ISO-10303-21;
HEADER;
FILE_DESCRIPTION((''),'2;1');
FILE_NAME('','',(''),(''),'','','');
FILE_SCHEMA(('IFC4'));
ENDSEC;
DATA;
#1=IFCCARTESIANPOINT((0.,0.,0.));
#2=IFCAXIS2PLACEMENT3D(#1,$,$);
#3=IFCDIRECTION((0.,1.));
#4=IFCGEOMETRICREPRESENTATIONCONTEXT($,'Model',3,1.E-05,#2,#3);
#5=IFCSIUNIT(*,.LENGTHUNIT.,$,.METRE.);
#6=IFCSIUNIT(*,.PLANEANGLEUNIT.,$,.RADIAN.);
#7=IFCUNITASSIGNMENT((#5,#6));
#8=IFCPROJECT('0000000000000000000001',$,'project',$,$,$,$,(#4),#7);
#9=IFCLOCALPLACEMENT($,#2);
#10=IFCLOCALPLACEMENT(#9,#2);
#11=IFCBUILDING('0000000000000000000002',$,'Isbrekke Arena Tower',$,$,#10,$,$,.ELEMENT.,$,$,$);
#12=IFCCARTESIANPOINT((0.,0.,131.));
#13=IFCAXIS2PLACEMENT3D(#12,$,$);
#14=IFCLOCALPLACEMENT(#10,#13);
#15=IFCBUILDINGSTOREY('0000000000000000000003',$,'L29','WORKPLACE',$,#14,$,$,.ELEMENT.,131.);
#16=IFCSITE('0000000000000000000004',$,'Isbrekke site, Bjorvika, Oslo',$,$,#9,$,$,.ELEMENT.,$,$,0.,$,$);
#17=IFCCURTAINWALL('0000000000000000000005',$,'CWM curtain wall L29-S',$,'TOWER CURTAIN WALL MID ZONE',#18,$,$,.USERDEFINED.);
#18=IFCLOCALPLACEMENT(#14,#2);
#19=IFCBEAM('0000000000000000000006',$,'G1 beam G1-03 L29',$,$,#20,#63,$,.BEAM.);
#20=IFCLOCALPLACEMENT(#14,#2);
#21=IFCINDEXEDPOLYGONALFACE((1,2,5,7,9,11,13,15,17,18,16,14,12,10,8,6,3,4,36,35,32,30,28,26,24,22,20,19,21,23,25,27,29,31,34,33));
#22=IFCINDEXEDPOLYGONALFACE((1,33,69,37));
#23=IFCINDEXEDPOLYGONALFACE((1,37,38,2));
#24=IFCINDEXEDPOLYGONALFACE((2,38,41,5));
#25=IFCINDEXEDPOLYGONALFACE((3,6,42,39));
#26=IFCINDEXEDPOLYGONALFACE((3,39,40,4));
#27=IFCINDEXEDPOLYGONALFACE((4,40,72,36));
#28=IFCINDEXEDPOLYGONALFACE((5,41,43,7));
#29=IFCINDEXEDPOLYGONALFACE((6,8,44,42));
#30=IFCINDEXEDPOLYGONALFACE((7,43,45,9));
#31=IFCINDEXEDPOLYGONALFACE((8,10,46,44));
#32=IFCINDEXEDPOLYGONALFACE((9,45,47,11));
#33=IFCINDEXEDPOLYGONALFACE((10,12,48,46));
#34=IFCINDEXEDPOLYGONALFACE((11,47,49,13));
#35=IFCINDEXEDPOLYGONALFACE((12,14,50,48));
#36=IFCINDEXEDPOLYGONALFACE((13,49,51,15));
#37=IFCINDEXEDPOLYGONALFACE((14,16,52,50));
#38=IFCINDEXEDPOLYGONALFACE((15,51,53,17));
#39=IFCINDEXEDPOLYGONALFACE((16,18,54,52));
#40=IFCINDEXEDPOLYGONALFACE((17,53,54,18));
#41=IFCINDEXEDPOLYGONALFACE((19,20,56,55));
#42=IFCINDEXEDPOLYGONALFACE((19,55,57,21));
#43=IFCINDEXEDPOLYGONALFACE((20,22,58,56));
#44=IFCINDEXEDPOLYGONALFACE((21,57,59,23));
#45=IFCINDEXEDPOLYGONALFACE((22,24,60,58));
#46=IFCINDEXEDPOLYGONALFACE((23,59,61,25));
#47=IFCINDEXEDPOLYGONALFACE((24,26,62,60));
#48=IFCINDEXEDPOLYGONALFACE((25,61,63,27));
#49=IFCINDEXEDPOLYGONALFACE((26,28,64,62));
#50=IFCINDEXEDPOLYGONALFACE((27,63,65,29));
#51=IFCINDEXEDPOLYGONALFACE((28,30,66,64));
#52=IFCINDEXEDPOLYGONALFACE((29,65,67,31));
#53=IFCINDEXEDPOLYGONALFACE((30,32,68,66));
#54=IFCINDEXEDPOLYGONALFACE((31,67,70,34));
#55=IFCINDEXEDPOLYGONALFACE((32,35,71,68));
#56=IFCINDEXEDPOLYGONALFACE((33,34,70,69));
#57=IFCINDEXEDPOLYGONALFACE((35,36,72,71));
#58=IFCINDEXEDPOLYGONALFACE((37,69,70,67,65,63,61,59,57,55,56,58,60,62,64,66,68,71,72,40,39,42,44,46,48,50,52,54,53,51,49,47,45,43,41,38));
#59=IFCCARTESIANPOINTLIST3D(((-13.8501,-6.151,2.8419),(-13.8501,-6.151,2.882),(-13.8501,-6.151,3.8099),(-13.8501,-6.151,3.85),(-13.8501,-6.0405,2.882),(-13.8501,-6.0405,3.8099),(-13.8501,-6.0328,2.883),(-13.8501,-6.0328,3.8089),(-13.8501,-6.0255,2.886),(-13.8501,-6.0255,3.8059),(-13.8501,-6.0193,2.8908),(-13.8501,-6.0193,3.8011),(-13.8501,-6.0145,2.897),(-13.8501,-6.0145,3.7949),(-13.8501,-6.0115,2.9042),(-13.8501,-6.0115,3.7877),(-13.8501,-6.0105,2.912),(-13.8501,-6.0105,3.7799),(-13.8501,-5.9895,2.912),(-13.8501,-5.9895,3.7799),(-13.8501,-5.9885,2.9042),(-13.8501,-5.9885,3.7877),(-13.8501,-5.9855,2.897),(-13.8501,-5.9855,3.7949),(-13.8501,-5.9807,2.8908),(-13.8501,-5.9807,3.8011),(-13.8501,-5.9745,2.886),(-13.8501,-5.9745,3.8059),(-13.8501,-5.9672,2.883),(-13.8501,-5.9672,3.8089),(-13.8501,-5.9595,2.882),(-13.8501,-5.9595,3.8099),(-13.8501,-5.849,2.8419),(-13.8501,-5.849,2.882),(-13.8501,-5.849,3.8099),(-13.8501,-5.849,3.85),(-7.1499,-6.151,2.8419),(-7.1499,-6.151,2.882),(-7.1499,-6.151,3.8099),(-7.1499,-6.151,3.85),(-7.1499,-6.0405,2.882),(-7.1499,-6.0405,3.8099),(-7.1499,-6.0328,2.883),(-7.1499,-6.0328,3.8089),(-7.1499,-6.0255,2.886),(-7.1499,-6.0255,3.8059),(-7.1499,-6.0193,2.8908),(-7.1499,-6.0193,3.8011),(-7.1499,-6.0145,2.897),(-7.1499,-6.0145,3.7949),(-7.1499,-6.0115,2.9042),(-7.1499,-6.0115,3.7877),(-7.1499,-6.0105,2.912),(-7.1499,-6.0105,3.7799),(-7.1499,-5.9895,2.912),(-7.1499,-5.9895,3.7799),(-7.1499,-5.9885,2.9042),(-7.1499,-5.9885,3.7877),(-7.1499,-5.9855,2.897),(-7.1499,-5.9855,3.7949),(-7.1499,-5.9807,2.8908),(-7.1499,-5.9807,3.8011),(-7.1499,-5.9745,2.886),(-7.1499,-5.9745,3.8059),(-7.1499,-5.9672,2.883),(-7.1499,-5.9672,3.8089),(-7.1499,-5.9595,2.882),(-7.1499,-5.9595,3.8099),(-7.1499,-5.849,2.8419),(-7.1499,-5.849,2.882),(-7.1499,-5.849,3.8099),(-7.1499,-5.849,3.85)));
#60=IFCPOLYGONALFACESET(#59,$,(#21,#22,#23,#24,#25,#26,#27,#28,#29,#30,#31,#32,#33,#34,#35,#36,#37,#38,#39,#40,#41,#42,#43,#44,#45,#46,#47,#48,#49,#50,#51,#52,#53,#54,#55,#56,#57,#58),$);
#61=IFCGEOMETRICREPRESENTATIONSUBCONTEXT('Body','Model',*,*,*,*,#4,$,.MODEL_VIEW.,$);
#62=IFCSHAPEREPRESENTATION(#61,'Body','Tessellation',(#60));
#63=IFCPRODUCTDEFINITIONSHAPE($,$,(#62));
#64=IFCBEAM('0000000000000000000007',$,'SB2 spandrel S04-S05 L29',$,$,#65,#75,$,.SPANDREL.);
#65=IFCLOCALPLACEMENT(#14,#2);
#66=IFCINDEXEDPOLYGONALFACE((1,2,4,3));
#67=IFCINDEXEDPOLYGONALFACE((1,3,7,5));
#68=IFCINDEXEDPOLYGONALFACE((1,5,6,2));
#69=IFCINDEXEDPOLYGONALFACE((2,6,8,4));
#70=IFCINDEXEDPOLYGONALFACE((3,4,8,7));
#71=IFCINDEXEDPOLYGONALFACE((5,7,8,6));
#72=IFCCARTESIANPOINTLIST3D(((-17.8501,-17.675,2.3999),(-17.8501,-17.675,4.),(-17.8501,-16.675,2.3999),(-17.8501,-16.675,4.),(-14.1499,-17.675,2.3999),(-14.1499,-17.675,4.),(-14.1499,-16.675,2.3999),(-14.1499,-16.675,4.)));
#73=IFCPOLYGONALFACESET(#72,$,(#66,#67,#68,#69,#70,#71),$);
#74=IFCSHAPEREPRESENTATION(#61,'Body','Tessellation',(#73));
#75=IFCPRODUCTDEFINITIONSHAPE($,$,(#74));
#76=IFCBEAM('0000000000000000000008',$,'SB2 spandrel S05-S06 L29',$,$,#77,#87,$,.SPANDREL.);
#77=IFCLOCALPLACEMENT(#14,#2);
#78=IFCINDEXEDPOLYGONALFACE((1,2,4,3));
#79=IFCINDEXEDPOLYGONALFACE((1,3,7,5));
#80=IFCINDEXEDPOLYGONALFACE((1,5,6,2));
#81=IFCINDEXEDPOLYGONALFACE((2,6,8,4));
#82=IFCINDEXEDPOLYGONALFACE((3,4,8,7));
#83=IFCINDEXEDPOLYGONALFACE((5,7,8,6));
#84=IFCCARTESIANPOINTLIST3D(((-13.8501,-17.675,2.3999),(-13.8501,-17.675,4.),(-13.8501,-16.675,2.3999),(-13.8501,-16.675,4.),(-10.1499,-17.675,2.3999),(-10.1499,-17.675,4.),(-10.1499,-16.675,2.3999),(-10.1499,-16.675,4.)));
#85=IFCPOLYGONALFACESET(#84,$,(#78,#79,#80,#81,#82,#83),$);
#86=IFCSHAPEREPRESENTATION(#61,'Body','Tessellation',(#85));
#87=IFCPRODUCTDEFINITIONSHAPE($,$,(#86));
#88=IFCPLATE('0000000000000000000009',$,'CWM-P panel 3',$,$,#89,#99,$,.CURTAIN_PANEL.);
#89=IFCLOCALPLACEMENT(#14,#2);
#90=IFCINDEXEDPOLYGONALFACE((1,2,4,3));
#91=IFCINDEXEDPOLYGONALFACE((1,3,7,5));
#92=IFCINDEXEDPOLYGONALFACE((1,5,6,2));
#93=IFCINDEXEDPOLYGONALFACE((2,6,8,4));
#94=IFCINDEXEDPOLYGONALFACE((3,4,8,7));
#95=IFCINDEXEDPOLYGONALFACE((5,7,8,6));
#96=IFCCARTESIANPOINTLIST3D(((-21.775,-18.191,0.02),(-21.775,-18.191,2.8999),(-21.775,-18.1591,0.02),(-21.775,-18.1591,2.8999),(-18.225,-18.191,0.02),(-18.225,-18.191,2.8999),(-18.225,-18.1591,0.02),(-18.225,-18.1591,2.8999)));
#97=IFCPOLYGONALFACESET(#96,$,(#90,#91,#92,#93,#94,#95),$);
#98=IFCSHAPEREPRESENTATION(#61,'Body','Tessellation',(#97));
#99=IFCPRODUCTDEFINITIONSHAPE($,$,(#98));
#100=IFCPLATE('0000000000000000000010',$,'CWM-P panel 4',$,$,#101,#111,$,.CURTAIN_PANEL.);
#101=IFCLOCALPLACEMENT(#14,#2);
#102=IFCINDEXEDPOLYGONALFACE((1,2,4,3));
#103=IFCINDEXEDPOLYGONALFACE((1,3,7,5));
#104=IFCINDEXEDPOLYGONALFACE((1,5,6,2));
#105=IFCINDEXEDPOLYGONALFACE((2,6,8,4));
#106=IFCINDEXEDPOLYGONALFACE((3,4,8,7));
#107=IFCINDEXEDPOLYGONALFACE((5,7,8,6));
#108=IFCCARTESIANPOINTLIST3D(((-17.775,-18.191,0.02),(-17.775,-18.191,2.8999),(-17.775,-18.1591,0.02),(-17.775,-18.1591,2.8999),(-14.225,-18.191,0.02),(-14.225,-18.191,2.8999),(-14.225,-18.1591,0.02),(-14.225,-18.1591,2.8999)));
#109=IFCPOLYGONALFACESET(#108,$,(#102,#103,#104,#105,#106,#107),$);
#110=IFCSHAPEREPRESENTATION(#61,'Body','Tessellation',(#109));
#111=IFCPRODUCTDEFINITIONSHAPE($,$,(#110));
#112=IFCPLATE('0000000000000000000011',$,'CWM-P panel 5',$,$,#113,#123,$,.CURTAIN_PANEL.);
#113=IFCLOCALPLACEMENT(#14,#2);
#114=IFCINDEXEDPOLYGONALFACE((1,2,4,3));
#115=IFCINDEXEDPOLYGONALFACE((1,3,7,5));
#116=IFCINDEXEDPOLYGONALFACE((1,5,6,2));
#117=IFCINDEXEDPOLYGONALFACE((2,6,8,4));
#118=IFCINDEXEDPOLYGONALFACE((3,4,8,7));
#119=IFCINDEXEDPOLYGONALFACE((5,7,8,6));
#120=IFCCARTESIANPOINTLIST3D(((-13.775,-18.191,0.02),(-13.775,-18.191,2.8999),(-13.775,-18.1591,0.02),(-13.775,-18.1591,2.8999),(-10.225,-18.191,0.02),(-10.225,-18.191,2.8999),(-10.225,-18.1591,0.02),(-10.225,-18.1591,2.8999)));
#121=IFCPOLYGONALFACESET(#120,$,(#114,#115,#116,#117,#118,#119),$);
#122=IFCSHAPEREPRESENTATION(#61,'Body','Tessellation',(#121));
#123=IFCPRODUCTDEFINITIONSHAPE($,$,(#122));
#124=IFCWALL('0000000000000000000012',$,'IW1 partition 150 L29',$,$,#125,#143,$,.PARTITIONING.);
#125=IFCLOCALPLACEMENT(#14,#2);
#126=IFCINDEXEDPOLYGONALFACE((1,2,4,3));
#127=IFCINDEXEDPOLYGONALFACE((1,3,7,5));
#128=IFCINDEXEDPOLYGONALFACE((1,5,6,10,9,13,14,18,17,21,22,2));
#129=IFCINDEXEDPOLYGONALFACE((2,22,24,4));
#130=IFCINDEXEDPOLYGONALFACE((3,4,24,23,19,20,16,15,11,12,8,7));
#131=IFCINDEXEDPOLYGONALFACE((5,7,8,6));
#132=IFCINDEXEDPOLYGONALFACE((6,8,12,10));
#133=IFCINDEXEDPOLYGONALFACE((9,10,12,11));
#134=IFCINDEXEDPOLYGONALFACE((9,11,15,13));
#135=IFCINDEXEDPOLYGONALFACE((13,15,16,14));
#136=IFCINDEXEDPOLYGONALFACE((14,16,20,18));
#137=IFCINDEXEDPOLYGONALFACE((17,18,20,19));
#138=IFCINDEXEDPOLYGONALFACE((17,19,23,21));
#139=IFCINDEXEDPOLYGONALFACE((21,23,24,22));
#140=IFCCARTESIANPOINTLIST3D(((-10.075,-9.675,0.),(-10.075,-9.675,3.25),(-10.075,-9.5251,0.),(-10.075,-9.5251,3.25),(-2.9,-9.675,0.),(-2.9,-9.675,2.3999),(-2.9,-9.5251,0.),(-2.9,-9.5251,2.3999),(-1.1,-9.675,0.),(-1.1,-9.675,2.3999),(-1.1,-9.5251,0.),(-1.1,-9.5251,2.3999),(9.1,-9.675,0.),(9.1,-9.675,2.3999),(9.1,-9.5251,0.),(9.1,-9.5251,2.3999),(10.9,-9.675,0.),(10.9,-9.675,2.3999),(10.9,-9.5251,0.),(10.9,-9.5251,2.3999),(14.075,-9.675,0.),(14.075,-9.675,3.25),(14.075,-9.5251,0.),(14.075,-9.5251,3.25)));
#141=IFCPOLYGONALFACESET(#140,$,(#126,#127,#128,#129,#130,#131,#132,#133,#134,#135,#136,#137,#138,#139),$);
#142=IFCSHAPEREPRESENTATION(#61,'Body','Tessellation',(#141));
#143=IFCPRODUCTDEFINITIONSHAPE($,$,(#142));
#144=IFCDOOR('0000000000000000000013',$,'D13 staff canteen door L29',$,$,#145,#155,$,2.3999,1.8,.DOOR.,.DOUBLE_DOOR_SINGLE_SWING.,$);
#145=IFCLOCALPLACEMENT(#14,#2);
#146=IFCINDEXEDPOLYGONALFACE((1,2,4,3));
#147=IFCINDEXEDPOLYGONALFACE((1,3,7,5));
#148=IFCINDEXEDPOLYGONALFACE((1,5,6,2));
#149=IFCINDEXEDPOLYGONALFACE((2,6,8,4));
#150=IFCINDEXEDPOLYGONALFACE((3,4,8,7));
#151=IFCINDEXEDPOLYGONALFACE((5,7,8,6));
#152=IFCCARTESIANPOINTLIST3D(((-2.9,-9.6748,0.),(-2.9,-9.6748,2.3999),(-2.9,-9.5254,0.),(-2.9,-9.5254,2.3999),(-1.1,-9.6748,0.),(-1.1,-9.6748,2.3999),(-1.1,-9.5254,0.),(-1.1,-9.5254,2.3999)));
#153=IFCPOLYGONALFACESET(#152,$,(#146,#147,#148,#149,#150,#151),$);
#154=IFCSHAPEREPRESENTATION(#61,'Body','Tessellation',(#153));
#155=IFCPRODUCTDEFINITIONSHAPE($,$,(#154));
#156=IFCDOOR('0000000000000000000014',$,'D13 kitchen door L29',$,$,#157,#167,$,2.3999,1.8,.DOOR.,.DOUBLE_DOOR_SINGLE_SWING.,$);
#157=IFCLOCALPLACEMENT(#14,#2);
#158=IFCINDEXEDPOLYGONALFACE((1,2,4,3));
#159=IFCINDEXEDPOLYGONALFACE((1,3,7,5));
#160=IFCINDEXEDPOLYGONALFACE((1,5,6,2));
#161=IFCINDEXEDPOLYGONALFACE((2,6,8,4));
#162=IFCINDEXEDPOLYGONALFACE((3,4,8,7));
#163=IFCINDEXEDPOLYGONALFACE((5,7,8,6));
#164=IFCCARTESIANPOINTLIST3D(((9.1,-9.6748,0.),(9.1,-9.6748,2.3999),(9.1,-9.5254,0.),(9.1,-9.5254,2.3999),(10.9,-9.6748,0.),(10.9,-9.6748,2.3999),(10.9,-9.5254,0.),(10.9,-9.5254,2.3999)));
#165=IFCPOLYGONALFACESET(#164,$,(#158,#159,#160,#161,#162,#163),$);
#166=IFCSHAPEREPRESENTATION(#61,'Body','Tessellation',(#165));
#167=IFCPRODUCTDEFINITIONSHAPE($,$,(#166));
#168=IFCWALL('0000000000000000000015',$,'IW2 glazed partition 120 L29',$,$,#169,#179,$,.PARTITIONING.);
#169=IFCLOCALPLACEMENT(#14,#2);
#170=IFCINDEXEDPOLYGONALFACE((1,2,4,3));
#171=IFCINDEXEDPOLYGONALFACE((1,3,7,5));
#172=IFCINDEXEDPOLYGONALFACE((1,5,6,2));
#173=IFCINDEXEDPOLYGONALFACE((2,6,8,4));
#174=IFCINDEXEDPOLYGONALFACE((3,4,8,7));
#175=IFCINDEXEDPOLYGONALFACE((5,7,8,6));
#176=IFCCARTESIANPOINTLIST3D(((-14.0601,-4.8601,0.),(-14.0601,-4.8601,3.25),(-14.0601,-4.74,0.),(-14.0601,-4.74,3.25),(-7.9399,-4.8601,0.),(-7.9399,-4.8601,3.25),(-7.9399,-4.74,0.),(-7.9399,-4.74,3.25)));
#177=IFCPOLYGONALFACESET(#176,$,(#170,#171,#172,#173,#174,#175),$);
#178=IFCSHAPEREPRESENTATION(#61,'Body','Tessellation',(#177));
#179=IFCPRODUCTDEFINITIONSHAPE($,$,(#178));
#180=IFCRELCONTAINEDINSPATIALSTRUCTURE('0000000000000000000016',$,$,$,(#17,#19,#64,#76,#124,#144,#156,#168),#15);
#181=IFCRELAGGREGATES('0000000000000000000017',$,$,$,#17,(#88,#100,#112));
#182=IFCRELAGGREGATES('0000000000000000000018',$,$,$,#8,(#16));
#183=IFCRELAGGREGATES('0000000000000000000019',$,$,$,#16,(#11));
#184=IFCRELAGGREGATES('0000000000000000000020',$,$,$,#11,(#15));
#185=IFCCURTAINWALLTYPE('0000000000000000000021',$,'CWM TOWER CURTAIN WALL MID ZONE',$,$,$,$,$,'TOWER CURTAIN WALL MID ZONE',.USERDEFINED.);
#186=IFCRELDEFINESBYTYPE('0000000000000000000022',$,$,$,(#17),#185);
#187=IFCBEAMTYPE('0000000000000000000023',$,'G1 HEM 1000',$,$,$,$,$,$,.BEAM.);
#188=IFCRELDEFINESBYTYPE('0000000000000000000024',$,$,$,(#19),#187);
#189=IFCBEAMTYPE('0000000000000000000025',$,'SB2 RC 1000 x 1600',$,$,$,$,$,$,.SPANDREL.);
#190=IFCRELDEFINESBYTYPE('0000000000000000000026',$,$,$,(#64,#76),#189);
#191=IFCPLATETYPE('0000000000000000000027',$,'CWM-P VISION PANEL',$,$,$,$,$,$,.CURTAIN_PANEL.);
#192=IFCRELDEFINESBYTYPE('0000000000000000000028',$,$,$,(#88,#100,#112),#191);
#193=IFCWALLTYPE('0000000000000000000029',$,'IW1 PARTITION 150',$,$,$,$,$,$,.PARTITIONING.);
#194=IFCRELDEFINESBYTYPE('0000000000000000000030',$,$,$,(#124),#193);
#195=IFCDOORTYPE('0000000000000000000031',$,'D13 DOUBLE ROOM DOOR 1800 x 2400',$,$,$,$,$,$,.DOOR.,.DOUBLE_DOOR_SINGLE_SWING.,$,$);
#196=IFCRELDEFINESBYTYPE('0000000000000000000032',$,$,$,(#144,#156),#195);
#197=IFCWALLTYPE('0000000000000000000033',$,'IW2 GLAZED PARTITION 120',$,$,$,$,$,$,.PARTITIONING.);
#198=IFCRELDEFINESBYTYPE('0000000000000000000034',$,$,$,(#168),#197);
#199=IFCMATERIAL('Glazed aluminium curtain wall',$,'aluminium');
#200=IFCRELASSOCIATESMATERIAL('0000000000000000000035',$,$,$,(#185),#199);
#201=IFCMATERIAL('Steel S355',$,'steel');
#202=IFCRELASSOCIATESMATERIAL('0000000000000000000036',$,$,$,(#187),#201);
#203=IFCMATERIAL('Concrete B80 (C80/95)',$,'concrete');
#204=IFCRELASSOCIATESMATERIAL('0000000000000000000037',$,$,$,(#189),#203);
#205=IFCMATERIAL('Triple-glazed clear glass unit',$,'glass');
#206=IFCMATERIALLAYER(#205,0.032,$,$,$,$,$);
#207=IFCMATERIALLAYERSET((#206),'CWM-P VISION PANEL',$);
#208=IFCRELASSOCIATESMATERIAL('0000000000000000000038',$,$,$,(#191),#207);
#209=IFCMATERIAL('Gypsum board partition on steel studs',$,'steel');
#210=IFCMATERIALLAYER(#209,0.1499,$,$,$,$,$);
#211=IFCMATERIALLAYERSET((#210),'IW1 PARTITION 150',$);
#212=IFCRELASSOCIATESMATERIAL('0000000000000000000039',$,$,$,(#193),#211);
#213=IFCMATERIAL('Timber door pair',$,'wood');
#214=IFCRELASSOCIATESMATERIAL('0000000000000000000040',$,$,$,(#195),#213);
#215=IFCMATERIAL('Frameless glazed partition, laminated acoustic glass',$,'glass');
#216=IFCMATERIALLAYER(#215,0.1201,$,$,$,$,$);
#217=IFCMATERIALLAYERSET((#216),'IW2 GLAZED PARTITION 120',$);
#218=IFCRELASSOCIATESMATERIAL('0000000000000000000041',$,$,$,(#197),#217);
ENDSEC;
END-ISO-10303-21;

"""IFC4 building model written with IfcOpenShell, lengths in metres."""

from ifc_helpers import new_model, si_unit, direction, frame, frame_2d, origin, origin_2d, place, context, subcontext, project, spatial, rectangle, i_section, extrude, material, layer, layer_set, material_profile, profile_set, type_object, element, fill, aggregate, save


model = new_model("IFC4")

# Units and contexts
model_context = context("Model", 3, precision=1e-05, world=origin(), true_north=direction((0.0, 1.0)))
body_context = subcontext(model_context, "Body", "Model", "MODEL_VIEW")
ifc_project = project(units=[si_unit("LENGTHUNIT", "METRE"), si_unit("PLANEANGLEUNIT", "RADIAN")], contexts=[model_context])

# Site, building, storey
site_placement = place(None, origin())
site = spatial("IfcSite", under=ifc_project, at=site_placement, Name="Isbrekke site, Bjorvika, Oslo", CompositionType="ELEMENT", RefElevation=0.0)
building_placement = place(site_placement, origin())
building = spatial("IfcBuilding", under=site, at=building_placement, Name="Isbrekke Arena Tower", CompositionType="ELEMENT")
storey_placement = place(building_placement, frame((0.0, 0.0, 131.0)))
storey = spatial("IfcBuildingStorey", under=building, at=storey_placement, Name="L29", Description="WORKPLACE", CompositionType="ELEMENT", Elevation=131.0)

# Curtain wall
ifc_material_1 = material(Name="Glazed aluminium curtain wall", Category="aluminium")
curtain_wall_type = type_object("IfcCurtainWallType", Name="CWM TOWER CURTAIN WALL MID ZONE", ElementType="TOWER CURTAIN WALL MID ZONE", PredefinedType="USERDEFINED", material=ifc_material_1)
curtain_wall_placement = place(storey_placement, origin())
curtain_wall = element("IfcCurtainWall", 1, at=curtain_wall_placement, inside=storey, type_object=curtain_wall_type, Name="CWM curtain wall L29-S", ObjectType="TOWER CURTAIN WALL MID ZONE", PredefinedType="USERDEFINED")

# Beams
ifc_material_2 = material(Name="Steel S355", Category="steel")
ifc_material_profile_1 = material_profile(ifc_material_2, i_section(OverallWidth=0.302, OverallDepth=1.0081, WebThickness=0.021, FlangeThickness=0.04, FilletRadius=0.03, at=origin_2d()), Name="HEM 1000")
ifc_profile_set_1 = profile_set([ifc_material_profile_1], Name="Steel S355")
beam_type_1 = type_object("IfcBeamType", Name="G1 HEM 1000", PredefinedType="BEAM", material=ifc_profile_set_1)
for number, where, z_axis, x_axis, name in (
    (2, (-13.8501, -6.0, 3.3459), (1.0, 0.0, 0.0), (0.0, 1.0, 0.0), "G1 beam G1-03 L29"),
):
    element("IfcBeam", number, at=place(storey_placement, frame(where, z_axis=z_axis, x_axis=x_axis)), inside=storey, type_object=beam_type_1, Name=name, PredefinedType="BEAM", context=body_context, shape_type="SweptSolid", body=[
        extrude(i_section(OverallWidth=0.302, OverallDepth=1.0081, WebThickness=0.021, FlangeThickness=0.04, FilletRadius=0.03, at=origin_2d()), origin(), (0.0, 0.0, 1.0), 6.7002),
    ])
ifc_material_3 = material(Name="Concrete B80 (C80/95)", Category="concrete")
ifc_material_profile_2 = material_profile(ifc_material_3, rectangle(XDim=1.0, YDim=1.6001, at=origin_2d()), Name="RC 1000x1600")
ifc_profile_set_2 = profile_set([ifc_material_profile_2], Name="Concrete B80 (C80/95)")
beam_type_2 = type_object("IfcBeamType", Name="SB2 RC 1000 x 1600", PredefinedType="SPANDREL", material=ifc_profile_set_2)
for number, where, z_axis, x_axis, name in (
    (3, (-17.8501, -17.175, 3.2), (1.0, 0.0, 0.0), (0.0, 1.0, 0.0), "SB2 spandrel S04-S05 L29"),
    (4, (-13.8501, -17.175, 3.2), (1.0, 0.0, 0.0), (0.0, 1.0, 0.0), "SB2 spandrel S05-S06 L29"),
):
    element("IfcBeam", number, at=place(storey_placement, frame(where, z_axis=z_axis, x_axis=x_axis)), inside=storey, type_object=beam_type_2, Name=name, PredefinedType="SPANDREL", context=body_context, shape_type="SweptSolid", body=[
        extrude(rectangle(XDim=1.0, YDim=1.6001, at=origin_2d()), origin(), (0.0, 0.0, 1.0), 3.7002),
    ])

# Plates
ifc_material_4 = material(Name="Triple-glazed clear glass unit", Category="glass")
ifc_layer_1 = layer(ifc_material_4, 0.032)
ifc_layer_set_1 = layer_set([ifc_layer_1], Name="CWM-P VISION PANEL")
plate_type = type_object("IfcPlateType", Name="CWM-P VISION PANEL", PredefinedType="CURTAIN_PANEL", material=ifc_layer_set_1)
plate_1_placement = place(storey_placement, frame((-20.0, -18.175, 0.02), z_axis=(0.0, 0.0, 1.0), x_axis=(1.0, 0.0, 0.0)))
plate_1 = element("IfcPlate", 5, at=plate_1_placement, type_object=plate_type, Name="CWM-P panel 3", PredefinedType="CURTAIN_PANEL", context=body_context, shape_type="SweptSolid", body=[
    extrude(rectangle(XDim=3.55, YDim=0.032, at=origin_2d()), origin(), (0.0, 0.0, 1.0), 2.8799),
])
plate_2_placement = place(storey_placement, frame((-16.0, -18.175, 0.02), z_axis=(0.0, 0.0, 1.0), x_axis=(1.0, 0.0, 0.0)))
plate_2 = element("IfcPlate", 6, at=plate_2_placement, type_object=plate_type, Name="CWM-P panel 4", PredefinedType="CURTAIN_PANEL", context=body_context, shape_type="SweptSolid", body=[
    extrude(rectangle(XDim=3.55, YDim=0.032, at=origin_2d()), origin(), (0.0, 0.0, 1.0), 2.8799),
])
plate_3_placement = place(storey_placement, frame((-12.0, -18.175, 0.02), z_axis=(0.0, 0.0, 1.0), x_axis=(1.0, 0.0, 0.0)))
plate_3 = element("IfcPlate", 7, at=plate_3_placement, type_object=plate_type, Name="CWM-P panel 5", PredefinedType="CURTAIN_PANEL", context=body_context, shape_type="SweptSolid", body=[
    extrude(rectangle(XDim=3.55, YDim=0.032, at=origin_2d()), origin(), (0.0, 0.0, 1.0), 2.8799),
])
aggregate(curtain_wall, [plate_1, plate_2, plate_3])

# Wall, openings, doors
ifc_material_5 = material(Name="Gypsum board partition on steel studs", Category="steel")
ifc_layer_2 = layer(ifc_material_5, 0.1499)
ifc_layer_set_2 = layer_set([ifc_layer_2], Name="IW1 PARTITION 150")
wall_type_1 = type_object("IfcWallType", Name="IW1 PARTITION 150", PredefinedType="PARTITIONING", material=ifc_layer_set_2)
wall_1_placement = place(storey_placement, frame((-10.075, -9.6001, 0.0), z_axis=(0.0, 0.0, 1.0), x_axis=(1.0, 0.0, 0.0)))
wall_1 = element("IfcWall", 8, at=wall_1_placement, inside=storey, type_object=wall_type_1, Name="IW1 partition 150 L29", PredefinedType="PARTITIONING", context=body_context, shape_type="SweptSolid", body=[
    extrude(rectangle(XDim=24.1499, YDim=0.1499, at=frame_2d((12.075, 0.0))), origin(), (0.0, 0.0, 1.0), 3.25),
])
opening_1_placement = place(wall_1_placement, frame((7.175, 0.0, 0.0)))
opening_1 = element("IfcOpeningElement", 9, at=opening_1_placement, cuts=wall_1, PredefinedType="OPENING", context=body_context, shape_type="SweptSolid", body=[
    extrude(rectangle(XDim=1.8, YDim=2.3999, at=frame_2d((0.8999, 1.2))), frame((0.0, 0.0898, 0.0), z_axis=(0.0, -1.0, 0.0), x_axis=(1.0, 0.0, 0.0)), (0.0, 0.0, 1.0), 0.1797),
])
opening_2_placement = place(wall_1_placement, frame((19.175, 0.0, 0.0)))
opening_2 = element("IfcOpeningElement", 10, at=opening_2_placement, cuts=wall_1, PredefinedType="OPENING", context=body_context, shape_type="SweptSolid", body=[
    extrude(rectangle(XDim=1.8, YDim=2.3999, at=frame_2d((0.8999, 1.2))), frame((0.0, 0.0898, 0.0), z_axis=(0.0, -1.0, 0.0), x_axis=(1.0, 0.0, 0.0)), (0.0, 0.0, 1.0), 0.1797),
])
ifc_material_6 = material(Name="Timber door pair", Category="wood")
door_type_1 = type_object("IfcDoorType", Name="D13 DOUBLE ROOM DOOR 1800 x 2400", OperationType="DOUBLE_DOOR_SINGLE_SWING", PredefinedType="DOOR", material=ifc_material_6)
door_1_placement = place(opening_1_placement, origin())
door_1 = element("IfcDoor", 11, at=door_1_placement, inside=storey, type_object=door_type_1, Name="D13 staff canteen door L29", OperationType="DOUBLE_DOOR_SINGLE_SWING", OverallHeight=2.3999, OverallWidth=1.8, PredefinedType="DOOR", context=body_context, shape_type="SweptSolid", body=[
    extrude(rectangle(XDim=1.8, YDim=2.3999, at=frame_2d((0.8999, 1.2))), frame((0.0, 0.0747, 0.0), z_axis=(0.0, -1.0, 0.0), x_axis=(1.0, 0.0, 0.0)), (0.0, 0.0, 1.0), 0.1494),
])
fill(opening_1, door_1)
door_2_placement = place(opening_2_placement, origin())
door_2 = element("IfcDoor", 12, at=door_2_placement, inside=storey, type_object=door_type_1, Name="D13 kitchen door L29", OperationType="DOUBLE_DOOR_SINGLE_SWING", OverallHeight=2.3999, OverallWidth=1.8, PredefinedType="DOOR", context=body_context, shape_type="SweptSolid", body=[
    extrude(rectangle(XDim=1.8, YDim=2.3999, at=frame_2d((0.8999, 1.2))), frame((0.0, 0.0747, 0.0), z_axis=(0.0, -1.0, 0.0), x_axis=(1.0, 0.0, 0.0)), (0.0, 0.0, 1.0), 0.1494),
])
fill(opening_2, door_2)

# Wall
ifc_material_7 = material(Name="Frameless glazed partition, laminated acoustic glass", Category="glass")
ifc_layer_3 = layer(ifc_material_7, 0.1201)
ifc_layer_set_3 = layer_set([ifc_layer_3], Name="IW2 GLAZED PARTITION 120")
wall_type_2 = type_object("IfcWallType", Name="IW2 GLAZED PARTITION 120", PredefinedType="PARTITIONING", material=ifc_layer_set_3)
wall_2_placement = place(storey_placement, frame((-14.0601, -4.8, 0.0), z_axis=(0.0, 0.0, 1.0), x_axis=(1.0, 0.0, 0.0)))
element("IfcWall", 13, at=wall_2_placement, inside=storey, type_object=wall_type_2, Name="IW2 glazed partition 120 L29", PredefinedType="PARTITIONING", context=body_context, shape_type="SweptSolid", body=[
    extrude(rectangle(XDim=6.1201, YDim=0.1201, at=frame_2d((3.0601, 0.0))), origin(), (0.0, 0.0, 1.0), 3.25),
])

save(model, "model.ifc")
